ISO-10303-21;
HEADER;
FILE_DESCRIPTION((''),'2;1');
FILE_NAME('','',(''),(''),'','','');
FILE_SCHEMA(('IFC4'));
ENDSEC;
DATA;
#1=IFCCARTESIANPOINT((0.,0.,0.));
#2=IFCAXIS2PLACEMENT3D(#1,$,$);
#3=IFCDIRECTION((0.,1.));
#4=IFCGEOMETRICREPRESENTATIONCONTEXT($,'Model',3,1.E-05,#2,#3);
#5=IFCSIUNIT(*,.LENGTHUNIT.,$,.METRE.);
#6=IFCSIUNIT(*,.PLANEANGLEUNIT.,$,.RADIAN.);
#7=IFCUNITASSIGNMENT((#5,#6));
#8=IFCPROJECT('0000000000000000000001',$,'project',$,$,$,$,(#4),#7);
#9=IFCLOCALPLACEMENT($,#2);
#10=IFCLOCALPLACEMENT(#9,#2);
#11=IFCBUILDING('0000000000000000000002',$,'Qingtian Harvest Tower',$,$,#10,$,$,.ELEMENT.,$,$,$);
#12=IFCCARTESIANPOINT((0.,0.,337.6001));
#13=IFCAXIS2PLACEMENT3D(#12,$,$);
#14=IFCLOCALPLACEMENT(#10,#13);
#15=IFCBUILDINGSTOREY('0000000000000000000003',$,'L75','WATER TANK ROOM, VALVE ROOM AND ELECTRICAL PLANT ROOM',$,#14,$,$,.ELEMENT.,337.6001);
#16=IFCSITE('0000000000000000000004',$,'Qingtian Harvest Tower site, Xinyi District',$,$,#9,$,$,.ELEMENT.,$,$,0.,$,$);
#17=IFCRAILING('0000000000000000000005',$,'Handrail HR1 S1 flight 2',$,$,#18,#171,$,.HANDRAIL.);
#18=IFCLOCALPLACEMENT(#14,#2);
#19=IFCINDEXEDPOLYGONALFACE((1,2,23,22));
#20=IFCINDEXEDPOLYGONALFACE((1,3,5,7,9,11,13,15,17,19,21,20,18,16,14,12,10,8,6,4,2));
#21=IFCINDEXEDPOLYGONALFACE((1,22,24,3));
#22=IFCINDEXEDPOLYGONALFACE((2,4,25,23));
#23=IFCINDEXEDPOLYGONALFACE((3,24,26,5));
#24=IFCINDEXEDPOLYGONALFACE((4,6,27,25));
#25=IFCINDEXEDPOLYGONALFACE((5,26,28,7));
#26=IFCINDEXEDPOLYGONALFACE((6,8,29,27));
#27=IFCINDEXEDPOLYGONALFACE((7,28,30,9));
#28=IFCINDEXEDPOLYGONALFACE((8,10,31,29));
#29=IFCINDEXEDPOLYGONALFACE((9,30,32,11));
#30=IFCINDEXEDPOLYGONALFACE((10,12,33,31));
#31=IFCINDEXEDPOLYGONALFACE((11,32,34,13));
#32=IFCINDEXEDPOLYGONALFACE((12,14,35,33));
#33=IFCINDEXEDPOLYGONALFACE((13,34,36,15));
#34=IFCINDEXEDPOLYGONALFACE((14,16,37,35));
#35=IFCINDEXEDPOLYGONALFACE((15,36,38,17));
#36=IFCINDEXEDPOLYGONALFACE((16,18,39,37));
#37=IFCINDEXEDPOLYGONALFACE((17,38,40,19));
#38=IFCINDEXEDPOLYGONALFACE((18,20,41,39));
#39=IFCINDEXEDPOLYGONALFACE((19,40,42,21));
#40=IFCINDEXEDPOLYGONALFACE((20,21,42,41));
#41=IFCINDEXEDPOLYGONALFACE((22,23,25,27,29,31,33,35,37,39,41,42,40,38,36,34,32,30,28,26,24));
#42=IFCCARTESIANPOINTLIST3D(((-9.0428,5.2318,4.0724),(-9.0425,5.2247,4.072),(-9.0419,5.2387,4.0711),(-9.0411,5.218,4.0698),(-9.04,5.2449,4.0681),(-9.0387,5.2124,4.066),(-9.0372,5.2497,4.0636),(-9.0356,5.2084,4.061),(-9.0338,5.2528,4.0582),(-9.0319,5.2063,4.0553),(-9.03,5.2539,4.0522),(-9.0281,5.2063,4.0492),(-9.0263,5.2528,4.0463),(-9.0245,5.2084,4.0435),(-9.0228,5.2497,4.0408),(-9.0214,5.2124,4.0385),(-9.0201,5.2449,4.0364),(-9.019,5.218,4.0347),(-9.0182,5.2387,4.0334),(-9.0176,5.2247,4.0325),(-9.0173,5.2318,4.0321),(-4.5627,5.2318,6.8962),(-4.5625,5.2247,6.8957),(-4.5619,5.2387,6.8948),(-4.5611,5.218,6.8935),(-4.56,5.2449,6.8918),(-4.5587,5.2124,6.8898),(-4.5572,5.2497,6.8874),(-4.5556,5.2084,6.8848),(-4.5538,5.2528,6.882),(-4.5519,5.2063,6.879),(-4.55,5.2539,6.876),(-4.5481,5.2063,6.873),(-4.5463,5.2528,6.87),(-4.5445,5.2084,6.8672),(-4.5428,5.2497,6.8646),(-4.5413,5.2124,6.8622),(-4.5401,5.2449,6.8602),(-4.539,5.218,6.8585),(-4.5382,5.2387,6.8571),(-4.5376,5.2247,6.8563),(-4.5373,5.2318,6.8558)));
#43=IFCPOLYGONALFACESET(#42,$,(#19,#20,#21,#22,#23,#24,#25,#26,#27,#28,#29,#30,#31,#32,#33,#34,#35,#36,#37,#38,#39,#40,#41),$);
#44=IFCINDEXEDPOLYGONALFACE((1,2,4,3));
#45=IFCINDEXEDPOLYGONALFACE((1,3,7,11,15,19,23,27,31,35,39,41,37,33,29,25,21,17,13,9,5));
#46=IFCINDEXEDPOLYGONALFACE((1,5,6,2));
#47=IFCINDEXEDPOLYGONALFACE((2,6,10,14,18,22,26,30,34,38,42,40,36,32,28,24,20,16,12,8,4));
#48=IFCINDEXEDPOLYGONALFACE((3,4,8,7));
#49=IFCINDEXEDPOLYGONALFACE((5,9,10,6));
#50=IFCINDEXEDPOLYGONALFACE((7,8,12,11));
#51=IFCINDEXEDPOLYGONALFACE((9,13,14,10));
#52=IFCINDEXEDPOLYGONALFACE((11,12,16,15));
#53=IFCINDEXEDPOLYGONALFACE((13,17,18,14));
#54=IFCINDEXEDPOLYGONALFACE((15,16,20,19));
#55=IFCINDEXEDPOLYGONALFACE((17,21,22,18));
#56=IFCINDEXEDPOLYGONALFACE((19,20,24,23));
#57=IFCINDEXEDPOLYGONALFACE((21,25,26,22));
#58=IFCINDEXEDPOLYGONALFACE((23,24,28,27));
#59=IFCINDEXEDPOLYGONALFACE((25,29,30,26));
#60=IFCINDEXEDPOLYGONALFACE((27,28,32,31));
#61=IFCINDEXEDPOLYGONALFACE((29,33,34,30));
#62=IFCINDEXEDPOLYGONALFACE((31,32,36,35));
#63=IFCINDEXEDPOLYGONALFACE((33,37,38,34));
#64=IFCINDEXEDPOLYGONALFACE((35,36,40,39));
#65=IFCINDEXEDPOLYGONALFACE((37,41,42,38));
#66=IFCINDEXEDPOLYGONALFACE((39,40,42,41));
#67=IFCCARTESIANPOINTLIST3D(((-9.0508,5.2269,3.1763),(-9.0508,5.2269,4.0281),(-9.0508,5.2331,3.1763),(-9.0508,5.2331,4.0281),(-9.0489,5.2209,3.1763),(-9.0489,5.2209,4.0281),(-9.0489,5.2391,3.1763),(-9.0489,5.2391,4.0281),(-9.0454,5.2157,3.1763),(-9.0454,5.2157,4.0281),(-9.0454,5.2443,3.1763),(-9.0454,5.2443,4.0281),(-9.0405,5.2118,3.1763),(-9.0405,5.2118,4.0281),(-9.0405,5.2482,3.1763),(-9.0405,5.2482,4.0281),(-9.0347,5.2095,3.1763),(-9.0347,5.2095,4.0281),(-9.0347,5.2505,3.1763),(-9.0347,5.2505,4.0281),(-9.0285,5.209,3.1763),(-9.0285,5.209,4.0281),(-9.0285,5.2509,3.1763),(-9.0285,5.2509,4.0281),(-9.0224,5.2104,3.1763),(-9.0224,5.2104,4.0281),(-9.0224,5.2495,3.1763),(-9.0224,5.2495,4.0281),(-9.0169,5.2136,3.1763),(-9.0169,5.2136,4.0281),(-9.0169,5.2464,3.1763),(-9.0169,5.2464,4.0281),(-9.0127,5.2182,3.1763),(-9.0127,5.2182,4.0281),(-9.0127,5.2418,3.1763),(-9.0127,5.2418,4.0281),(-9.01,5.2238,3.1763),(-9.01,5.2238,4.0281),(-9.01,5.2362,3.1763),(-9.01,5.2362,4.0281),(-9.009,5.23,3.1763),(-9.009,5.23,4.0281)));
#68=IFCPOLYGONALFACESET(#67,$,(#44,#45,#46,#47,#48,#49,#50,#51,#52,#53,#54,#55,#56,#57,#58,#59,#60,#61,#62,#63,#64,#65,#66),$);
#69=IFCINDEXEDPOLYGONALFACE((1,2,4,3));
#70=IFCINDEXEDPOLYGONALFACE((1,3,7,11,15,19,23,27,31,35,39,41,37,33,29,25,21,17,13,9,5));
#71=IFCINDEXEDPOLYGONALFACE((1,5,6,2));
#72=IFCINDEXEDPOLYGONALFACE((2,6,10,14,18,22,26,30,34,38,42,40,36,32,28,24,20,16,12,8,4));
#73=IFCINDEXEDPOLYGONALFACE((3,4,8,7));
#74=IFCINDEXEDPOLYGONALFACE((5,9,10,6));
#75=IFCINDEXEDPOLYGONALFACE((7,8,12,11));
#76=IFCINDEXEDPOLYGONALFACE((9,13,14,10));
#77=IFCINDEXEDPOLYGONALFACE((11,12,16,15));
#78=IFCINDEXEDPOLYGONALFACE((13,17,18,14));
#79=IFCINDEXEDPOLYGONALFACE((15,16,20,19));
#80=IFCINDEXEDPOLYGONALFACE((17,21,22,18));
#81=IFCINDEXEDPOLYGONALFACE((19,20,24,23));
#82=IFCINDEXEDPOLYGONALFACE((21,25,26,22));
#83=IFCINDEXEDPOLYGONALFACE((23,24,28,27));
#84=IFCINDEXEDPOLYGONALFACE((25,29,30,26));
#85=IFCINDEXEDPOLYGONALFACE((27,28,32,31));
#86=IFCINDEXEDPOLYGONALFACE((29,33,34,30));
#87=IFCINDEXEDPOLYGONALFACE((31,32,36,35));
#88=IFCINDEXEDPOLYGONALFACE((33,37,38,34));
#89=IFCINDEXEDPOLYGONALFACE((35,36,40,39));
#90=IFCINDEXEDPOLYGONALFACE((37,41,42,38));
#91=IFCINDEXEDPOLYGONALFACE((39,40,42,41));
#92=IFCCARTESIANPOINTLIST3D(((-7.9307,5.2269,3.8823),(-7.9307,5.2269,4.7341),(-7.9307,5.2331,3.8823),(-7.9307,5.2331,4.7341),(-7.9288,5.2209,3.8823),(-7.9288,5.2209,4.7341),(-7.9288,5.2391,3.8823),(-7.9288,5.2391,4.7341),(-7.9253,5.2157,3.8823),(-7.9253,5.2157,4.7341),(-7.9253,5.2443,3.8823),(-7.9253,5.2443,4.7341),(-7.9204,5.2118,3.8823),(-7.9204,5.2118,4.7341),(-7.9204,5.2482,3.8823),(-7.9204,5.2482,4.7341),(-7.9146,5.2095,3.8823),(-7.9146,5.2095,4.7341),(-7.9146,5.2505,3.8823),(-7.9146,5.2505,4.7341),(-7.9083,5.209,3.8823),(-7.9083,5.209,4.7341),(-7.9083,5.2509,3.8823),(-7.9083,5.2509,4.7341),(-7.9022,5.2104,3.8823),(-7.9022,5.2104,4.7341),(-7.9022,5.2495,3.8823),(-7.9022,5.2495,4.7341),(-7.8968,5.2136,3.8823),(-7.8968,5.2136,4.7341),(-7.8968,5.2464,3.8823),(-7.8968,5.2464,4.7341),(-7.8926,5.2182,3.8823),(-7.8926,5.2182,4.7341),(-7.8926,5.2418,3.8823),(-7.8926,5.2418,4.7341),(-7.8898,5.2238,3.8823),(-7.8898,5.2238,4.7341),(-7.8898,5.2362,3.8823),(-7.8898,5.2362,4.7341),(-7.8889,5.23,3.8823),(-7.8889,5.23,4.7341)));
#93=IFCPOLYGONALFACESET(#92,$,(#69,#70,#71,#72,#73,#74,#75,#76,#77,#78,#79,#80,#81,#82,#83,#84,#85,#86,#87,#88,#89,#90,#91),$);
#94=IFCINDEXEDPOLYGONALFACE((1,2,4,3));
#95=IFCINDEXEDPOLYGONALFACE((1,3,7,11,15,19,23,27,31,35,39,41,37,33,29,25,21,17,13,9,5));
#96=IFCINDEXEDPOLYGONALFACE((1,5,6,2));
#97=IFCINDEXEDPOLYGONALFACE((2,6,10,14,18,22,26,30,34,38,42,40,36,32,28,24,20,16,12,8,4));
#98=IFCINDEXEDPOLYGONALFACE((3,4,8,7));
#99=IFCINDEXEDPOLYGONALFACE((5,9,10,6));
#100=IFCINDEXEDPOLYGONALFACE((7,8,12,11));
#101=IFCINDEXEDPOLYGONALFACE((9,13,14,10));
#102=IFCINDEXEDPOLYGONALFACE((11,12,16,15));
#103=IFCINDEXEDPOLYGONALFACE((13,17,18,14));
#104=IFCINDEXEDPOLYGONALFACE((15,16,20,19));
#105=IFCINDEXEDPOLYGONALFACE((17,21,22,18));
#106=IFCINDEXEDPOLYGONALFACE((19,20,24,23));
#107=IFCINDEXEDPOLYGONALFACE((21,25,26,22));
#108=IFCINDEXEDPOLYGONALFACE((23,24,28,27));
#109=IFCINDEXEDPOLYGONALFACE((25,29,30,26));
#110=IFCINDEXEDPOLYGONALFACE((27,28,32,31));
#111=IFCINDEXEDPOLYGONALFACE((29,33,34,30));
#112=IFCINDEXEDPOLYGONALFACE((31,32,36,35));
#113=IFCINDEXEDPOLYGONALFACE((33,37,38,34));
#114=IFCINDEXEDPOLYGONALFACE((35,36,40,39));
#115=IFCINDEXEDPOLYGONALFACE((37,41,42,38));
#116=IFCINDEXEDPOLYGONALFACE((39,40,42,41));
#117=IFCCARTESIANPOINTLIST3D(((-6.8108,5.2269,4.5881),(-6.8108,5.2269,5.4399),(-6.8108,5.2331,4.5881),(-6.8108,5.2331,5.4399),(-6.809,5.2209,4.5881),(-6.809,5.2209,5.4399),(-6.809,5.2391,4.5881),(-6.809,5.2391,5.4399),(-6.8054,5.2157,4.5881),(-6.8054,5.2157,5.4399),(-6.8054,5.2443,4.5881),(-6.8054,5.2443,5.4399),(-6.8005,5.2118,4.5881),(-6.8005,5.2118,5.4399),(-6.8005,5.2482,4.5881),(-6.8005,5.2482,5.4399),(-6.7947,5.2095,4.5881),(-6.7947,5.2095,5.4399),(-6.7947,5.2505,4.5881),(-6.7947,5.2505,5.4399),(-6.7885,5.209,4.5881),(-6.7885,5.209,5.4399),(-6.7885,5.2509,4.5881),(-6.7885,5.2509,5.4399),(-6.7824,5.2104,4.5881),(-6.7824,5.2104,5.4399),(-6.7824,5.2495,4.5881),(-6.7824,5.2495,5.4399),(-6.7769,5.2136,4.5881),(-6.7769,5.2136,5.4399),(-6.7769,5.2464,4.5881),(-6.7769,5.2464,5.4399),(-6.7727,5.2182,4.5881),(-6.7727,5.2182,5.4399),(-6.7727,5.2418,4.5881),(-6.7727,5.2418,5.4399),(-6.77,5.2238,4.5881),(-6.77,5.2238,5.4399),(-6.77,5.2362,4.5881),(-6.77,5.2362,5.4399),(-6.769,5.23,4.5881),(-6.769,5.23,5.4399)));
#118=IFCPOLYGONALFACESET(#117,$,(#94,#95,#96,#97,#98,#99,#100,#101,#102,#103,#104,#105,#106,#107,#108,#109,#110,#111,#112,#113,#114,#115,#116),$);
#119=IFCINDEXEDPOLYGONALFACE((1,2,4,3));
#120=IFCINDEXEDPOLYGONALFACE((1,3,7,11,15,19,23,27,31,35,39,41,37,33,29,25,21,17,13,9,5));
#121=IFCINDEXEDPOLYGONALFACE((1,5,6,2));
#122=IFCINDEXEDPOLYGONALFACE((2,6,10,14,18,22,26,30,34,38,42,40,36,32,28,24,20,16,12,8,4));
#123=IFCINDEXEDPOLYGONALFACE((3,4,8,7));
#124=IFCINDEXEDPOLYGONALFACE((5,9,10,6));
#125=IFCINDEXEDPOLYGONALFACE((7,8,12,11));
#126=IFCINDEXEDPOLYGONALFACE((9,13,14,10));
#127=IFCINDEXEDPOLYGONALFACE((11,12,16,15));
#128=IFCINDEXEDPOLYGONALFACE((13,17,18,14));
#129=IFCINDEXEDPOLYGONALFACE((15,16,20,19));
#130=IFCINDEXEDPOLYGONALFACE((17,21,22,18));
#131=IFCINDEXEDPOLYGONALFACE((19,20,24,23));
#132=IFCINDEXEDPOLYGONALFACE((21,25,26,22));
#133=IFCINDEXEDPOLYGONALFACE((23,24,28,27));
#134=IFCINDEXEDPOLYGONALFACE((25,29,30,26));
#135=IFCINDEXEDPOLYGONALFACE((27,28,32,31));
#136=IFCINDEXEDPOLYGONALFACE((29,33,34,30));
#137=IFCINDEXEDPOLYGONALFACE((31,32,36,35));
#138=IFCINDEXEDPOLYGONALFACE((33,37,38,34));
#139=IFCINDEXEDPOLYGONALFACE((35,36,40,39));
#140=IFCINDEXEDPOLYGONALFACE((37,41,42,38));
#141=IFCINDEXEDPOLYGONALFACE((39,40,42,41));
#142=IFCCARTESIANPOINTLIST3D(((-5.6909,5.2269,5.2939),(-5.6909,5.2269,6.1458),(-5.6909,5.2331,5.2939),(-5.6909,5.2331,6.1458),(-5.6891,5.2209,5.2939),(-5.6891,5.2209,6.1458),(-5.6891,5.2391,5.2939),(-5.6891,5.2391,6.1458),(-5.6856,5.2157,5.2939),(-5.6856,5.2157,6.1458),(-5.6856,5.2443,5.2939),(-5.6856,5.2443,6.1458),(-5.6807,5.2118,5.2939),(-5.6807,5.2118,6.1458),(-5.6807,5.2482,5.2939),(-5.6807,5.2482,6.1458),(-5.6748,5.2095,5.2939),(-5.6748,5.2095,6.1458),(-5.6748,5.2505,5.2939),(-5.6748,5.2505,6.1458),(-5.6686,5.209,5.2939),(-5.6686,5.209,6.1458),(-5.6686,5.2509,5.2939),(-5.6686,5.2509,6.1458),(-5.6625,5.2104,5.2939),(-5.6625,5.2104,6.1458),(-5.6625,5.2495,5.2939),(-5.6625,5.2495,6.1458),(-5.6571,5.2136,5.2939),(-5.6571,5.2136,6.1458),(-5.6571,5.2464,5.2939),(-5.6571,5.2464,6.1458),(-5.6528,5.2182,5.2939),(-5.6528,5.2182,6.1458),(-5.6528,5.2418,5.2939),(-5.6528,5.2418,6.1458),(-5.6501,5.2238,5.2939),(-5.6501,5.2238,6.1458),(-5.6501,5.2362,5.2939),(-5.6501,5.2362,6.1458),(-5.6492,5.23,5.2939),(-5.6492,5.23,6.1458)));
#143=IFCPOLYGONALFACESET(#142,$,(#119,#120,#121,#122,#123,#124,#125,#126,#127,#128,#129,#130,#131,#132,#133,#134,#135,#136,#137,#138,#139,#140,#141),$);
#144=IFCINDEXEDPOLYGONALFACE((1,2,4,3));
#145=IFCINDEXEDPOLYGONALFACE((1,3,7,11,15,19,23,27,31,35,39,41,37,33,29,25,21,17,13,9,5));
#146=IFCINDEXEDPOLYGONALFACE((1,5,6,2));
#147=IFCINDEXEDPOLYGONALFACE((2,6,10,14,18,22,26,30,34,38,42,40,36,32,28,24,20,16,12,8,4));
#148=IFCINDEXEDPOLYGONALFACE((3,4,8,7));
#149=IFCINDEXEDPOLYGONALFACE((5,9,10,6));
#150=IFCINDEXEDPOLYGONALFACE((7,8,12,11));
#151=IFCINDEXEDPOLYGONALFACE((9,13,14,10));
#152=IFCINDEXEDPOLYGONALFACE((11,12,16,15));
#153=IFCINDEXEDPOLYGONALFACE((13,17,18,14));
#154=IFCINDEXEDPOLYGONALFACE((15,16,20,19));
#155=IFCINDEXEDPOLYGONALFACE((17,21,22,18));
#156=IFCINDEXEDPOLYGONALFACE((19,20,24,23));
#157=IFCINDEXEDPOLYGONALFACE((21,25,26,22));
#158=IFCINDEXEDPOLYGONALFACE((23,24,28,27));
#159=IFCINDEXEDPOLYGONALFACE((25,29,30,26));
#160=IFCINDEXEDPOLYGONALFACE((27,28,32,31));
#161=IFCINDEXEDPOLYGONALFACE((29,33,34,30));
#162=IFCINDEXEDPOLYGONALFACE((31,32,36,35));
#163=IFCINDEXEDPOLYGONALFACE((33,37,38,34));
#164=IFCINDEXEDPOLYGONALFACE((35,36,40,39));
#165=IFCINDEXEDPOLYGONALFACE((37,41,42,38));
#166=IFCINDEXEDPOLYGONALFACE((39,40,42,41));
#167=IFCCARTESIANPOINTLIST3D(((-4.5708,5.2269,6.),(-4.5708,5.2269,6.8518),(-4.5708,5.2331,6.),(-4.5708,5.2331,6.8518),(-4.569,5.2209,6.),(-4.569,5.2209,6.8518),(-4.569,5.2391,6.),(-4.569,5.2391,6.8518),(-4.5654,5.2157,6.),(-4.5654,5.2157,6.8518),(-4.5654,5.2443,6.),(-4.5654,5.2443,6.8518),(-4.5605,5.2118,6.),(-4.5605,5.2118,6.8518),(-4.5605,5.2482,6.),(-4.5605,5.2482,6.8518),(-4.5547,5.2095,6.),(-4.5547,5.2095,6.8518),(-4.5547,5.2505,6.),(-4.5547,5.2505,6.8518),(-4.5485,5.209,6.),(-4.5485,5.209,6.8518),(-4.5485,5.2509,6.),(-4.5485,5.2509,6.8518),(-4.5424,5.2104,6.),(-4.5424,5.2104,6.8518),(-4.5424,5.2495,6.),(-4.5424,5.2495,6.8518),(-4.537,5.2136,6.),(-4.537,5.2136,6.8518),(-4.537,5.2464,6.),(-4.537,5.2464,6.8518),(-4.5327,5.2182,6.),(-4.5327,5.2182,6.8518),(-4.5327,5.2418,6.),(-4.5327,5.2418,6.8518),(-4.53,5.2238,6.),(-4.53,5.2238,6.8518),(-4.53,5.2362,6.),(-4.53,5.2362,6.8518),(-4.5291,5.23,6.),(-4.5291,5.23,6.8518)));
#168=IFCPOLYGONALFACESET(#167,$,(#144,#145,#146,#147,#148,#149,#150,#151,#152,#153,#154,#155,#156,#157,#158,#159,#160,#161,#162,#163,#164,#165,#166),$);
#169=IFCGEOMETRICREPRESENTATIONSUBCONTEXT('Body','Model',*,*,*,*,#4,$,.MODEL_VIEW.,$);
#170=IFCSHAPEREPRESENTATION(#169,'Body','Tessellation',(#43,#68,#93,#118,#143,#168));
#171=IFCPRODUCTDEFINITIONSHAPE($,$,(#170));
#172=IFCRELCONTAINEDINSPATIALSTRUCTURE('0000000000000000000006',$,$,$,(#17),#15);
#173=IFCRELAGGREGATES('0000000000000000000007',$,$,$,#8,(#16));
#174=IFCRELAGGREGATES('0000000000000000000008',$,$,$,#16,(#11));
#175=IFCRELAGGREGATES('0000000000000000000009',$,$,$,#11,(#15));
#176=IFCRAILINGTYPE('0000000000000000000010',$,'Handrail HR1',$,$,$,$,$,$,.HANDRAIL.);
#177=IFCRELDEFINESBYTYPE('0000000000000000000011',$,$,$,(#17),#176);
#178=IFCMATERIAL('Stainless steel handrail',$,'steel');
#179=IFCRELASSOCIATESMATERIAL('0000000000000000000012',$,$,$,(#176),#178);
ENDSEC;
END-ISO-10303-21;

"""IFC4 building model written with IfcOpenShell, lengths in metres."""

from ifc_helpers import new_model, si_unit, direction, frame, origin, origin_2d, place, context, subcontext, project, spatial, circle, extrude, material, type_object, element, save


model = new_model("IFC4")

# Units and contexts
model_context = context("Model", 3, precision=1e-05, world=origin(), true_north=direction((0.0, 1.0)))
body_context = subcontext(model_context, "Body", "Model", "MODEL_VIEW")
ifc_project = project(units=[si_unit("LENGTHUNIT", "METRE"), si_unit("PLANEANGLEUNIT", "RADIAN")], contexts=[model_context])

# Site, building, storey
site_placement = place(None, origin())
site = spatial("IfcSite", under=ifc_project, at=site_placement, Name="Qingtian Harvest Tower site, Xinyi District", CompositionType="ELEMENT", RefElevation=0.0)
building_placement = place(site_placement, origin())
building = spatial("IfcBuilding", under=site, at=building_placement, Name="Qingtian Harvest Tower", CompositionType="ELEMENT")
storey_placement = place(building_placement, frame((0.0, 0.0, 337.6001)))
storey = spatial("IfcBuildingStorey", under=building, at=storey_placement, Name="L75", Description="WATER TANK ROOM, VALVE ROOM AND ELECTRICAL PLANT ROOM", CompositionType="ELEMENT", Elevation=337.6001)

# Railing
ifc_material_1 = material(Name="Stainless steel handrail", Category="steel")
railing_type = type_object("IfcRailingType", Name="Handrail HR1", PredefinedType="HANDRAIL", material=ifc_material_1)
railing_1_placement = place(storey_placement, frame((-9.03, 5.23, 3.1763)))
element("IfcRailing", 1, at=railing_1_placement, inside=storey, type_object=railing_type, Name="Handrail HR1 S1 flight 2", PredefinedType="HANDRAIL", context=body_context, shape_type="SweptSolid", body=[
    extrude(circle(Radius=0.0239, at=origin_2d()), frame((0.0, 0.0, 0.876), z_axis=(0.845977, 0.0, 0.533219), x_axis=(0.0, 1.0, 0.0)), (0.0, 0.0, 1.0), 5.2957),
    extrude(circle(Radius=0.021, at=origin_2d()), origin(), (0.0, 0.0, 1.0), 0.8518),
    extrude(circle(Radius=0.021, at=origin_2d()), frame((1.1201, 0.0, 0.7061)), (0.0, 0.0, 1.0), 0.8518),
    extrude(circle(Radius=0.021, at=origin_2d()), frame((2.24, 0.0, 1.4119)), (0.0, 0.0, 1.0), 0.8518),
    extrude(circle(Radius=0.021, at=origin_2d()), frame((3.3599, 0.0, 2.1177)), (0.0, 0.0, 1.0), 0.8518),
    extrude(circle(Radius=0.021, at=origin_2d()), frame((4.48, 0.0, 2.8237)), (0.0, 0.0, 1.0), 0.8518),
])

save(model, "model.ifc")
